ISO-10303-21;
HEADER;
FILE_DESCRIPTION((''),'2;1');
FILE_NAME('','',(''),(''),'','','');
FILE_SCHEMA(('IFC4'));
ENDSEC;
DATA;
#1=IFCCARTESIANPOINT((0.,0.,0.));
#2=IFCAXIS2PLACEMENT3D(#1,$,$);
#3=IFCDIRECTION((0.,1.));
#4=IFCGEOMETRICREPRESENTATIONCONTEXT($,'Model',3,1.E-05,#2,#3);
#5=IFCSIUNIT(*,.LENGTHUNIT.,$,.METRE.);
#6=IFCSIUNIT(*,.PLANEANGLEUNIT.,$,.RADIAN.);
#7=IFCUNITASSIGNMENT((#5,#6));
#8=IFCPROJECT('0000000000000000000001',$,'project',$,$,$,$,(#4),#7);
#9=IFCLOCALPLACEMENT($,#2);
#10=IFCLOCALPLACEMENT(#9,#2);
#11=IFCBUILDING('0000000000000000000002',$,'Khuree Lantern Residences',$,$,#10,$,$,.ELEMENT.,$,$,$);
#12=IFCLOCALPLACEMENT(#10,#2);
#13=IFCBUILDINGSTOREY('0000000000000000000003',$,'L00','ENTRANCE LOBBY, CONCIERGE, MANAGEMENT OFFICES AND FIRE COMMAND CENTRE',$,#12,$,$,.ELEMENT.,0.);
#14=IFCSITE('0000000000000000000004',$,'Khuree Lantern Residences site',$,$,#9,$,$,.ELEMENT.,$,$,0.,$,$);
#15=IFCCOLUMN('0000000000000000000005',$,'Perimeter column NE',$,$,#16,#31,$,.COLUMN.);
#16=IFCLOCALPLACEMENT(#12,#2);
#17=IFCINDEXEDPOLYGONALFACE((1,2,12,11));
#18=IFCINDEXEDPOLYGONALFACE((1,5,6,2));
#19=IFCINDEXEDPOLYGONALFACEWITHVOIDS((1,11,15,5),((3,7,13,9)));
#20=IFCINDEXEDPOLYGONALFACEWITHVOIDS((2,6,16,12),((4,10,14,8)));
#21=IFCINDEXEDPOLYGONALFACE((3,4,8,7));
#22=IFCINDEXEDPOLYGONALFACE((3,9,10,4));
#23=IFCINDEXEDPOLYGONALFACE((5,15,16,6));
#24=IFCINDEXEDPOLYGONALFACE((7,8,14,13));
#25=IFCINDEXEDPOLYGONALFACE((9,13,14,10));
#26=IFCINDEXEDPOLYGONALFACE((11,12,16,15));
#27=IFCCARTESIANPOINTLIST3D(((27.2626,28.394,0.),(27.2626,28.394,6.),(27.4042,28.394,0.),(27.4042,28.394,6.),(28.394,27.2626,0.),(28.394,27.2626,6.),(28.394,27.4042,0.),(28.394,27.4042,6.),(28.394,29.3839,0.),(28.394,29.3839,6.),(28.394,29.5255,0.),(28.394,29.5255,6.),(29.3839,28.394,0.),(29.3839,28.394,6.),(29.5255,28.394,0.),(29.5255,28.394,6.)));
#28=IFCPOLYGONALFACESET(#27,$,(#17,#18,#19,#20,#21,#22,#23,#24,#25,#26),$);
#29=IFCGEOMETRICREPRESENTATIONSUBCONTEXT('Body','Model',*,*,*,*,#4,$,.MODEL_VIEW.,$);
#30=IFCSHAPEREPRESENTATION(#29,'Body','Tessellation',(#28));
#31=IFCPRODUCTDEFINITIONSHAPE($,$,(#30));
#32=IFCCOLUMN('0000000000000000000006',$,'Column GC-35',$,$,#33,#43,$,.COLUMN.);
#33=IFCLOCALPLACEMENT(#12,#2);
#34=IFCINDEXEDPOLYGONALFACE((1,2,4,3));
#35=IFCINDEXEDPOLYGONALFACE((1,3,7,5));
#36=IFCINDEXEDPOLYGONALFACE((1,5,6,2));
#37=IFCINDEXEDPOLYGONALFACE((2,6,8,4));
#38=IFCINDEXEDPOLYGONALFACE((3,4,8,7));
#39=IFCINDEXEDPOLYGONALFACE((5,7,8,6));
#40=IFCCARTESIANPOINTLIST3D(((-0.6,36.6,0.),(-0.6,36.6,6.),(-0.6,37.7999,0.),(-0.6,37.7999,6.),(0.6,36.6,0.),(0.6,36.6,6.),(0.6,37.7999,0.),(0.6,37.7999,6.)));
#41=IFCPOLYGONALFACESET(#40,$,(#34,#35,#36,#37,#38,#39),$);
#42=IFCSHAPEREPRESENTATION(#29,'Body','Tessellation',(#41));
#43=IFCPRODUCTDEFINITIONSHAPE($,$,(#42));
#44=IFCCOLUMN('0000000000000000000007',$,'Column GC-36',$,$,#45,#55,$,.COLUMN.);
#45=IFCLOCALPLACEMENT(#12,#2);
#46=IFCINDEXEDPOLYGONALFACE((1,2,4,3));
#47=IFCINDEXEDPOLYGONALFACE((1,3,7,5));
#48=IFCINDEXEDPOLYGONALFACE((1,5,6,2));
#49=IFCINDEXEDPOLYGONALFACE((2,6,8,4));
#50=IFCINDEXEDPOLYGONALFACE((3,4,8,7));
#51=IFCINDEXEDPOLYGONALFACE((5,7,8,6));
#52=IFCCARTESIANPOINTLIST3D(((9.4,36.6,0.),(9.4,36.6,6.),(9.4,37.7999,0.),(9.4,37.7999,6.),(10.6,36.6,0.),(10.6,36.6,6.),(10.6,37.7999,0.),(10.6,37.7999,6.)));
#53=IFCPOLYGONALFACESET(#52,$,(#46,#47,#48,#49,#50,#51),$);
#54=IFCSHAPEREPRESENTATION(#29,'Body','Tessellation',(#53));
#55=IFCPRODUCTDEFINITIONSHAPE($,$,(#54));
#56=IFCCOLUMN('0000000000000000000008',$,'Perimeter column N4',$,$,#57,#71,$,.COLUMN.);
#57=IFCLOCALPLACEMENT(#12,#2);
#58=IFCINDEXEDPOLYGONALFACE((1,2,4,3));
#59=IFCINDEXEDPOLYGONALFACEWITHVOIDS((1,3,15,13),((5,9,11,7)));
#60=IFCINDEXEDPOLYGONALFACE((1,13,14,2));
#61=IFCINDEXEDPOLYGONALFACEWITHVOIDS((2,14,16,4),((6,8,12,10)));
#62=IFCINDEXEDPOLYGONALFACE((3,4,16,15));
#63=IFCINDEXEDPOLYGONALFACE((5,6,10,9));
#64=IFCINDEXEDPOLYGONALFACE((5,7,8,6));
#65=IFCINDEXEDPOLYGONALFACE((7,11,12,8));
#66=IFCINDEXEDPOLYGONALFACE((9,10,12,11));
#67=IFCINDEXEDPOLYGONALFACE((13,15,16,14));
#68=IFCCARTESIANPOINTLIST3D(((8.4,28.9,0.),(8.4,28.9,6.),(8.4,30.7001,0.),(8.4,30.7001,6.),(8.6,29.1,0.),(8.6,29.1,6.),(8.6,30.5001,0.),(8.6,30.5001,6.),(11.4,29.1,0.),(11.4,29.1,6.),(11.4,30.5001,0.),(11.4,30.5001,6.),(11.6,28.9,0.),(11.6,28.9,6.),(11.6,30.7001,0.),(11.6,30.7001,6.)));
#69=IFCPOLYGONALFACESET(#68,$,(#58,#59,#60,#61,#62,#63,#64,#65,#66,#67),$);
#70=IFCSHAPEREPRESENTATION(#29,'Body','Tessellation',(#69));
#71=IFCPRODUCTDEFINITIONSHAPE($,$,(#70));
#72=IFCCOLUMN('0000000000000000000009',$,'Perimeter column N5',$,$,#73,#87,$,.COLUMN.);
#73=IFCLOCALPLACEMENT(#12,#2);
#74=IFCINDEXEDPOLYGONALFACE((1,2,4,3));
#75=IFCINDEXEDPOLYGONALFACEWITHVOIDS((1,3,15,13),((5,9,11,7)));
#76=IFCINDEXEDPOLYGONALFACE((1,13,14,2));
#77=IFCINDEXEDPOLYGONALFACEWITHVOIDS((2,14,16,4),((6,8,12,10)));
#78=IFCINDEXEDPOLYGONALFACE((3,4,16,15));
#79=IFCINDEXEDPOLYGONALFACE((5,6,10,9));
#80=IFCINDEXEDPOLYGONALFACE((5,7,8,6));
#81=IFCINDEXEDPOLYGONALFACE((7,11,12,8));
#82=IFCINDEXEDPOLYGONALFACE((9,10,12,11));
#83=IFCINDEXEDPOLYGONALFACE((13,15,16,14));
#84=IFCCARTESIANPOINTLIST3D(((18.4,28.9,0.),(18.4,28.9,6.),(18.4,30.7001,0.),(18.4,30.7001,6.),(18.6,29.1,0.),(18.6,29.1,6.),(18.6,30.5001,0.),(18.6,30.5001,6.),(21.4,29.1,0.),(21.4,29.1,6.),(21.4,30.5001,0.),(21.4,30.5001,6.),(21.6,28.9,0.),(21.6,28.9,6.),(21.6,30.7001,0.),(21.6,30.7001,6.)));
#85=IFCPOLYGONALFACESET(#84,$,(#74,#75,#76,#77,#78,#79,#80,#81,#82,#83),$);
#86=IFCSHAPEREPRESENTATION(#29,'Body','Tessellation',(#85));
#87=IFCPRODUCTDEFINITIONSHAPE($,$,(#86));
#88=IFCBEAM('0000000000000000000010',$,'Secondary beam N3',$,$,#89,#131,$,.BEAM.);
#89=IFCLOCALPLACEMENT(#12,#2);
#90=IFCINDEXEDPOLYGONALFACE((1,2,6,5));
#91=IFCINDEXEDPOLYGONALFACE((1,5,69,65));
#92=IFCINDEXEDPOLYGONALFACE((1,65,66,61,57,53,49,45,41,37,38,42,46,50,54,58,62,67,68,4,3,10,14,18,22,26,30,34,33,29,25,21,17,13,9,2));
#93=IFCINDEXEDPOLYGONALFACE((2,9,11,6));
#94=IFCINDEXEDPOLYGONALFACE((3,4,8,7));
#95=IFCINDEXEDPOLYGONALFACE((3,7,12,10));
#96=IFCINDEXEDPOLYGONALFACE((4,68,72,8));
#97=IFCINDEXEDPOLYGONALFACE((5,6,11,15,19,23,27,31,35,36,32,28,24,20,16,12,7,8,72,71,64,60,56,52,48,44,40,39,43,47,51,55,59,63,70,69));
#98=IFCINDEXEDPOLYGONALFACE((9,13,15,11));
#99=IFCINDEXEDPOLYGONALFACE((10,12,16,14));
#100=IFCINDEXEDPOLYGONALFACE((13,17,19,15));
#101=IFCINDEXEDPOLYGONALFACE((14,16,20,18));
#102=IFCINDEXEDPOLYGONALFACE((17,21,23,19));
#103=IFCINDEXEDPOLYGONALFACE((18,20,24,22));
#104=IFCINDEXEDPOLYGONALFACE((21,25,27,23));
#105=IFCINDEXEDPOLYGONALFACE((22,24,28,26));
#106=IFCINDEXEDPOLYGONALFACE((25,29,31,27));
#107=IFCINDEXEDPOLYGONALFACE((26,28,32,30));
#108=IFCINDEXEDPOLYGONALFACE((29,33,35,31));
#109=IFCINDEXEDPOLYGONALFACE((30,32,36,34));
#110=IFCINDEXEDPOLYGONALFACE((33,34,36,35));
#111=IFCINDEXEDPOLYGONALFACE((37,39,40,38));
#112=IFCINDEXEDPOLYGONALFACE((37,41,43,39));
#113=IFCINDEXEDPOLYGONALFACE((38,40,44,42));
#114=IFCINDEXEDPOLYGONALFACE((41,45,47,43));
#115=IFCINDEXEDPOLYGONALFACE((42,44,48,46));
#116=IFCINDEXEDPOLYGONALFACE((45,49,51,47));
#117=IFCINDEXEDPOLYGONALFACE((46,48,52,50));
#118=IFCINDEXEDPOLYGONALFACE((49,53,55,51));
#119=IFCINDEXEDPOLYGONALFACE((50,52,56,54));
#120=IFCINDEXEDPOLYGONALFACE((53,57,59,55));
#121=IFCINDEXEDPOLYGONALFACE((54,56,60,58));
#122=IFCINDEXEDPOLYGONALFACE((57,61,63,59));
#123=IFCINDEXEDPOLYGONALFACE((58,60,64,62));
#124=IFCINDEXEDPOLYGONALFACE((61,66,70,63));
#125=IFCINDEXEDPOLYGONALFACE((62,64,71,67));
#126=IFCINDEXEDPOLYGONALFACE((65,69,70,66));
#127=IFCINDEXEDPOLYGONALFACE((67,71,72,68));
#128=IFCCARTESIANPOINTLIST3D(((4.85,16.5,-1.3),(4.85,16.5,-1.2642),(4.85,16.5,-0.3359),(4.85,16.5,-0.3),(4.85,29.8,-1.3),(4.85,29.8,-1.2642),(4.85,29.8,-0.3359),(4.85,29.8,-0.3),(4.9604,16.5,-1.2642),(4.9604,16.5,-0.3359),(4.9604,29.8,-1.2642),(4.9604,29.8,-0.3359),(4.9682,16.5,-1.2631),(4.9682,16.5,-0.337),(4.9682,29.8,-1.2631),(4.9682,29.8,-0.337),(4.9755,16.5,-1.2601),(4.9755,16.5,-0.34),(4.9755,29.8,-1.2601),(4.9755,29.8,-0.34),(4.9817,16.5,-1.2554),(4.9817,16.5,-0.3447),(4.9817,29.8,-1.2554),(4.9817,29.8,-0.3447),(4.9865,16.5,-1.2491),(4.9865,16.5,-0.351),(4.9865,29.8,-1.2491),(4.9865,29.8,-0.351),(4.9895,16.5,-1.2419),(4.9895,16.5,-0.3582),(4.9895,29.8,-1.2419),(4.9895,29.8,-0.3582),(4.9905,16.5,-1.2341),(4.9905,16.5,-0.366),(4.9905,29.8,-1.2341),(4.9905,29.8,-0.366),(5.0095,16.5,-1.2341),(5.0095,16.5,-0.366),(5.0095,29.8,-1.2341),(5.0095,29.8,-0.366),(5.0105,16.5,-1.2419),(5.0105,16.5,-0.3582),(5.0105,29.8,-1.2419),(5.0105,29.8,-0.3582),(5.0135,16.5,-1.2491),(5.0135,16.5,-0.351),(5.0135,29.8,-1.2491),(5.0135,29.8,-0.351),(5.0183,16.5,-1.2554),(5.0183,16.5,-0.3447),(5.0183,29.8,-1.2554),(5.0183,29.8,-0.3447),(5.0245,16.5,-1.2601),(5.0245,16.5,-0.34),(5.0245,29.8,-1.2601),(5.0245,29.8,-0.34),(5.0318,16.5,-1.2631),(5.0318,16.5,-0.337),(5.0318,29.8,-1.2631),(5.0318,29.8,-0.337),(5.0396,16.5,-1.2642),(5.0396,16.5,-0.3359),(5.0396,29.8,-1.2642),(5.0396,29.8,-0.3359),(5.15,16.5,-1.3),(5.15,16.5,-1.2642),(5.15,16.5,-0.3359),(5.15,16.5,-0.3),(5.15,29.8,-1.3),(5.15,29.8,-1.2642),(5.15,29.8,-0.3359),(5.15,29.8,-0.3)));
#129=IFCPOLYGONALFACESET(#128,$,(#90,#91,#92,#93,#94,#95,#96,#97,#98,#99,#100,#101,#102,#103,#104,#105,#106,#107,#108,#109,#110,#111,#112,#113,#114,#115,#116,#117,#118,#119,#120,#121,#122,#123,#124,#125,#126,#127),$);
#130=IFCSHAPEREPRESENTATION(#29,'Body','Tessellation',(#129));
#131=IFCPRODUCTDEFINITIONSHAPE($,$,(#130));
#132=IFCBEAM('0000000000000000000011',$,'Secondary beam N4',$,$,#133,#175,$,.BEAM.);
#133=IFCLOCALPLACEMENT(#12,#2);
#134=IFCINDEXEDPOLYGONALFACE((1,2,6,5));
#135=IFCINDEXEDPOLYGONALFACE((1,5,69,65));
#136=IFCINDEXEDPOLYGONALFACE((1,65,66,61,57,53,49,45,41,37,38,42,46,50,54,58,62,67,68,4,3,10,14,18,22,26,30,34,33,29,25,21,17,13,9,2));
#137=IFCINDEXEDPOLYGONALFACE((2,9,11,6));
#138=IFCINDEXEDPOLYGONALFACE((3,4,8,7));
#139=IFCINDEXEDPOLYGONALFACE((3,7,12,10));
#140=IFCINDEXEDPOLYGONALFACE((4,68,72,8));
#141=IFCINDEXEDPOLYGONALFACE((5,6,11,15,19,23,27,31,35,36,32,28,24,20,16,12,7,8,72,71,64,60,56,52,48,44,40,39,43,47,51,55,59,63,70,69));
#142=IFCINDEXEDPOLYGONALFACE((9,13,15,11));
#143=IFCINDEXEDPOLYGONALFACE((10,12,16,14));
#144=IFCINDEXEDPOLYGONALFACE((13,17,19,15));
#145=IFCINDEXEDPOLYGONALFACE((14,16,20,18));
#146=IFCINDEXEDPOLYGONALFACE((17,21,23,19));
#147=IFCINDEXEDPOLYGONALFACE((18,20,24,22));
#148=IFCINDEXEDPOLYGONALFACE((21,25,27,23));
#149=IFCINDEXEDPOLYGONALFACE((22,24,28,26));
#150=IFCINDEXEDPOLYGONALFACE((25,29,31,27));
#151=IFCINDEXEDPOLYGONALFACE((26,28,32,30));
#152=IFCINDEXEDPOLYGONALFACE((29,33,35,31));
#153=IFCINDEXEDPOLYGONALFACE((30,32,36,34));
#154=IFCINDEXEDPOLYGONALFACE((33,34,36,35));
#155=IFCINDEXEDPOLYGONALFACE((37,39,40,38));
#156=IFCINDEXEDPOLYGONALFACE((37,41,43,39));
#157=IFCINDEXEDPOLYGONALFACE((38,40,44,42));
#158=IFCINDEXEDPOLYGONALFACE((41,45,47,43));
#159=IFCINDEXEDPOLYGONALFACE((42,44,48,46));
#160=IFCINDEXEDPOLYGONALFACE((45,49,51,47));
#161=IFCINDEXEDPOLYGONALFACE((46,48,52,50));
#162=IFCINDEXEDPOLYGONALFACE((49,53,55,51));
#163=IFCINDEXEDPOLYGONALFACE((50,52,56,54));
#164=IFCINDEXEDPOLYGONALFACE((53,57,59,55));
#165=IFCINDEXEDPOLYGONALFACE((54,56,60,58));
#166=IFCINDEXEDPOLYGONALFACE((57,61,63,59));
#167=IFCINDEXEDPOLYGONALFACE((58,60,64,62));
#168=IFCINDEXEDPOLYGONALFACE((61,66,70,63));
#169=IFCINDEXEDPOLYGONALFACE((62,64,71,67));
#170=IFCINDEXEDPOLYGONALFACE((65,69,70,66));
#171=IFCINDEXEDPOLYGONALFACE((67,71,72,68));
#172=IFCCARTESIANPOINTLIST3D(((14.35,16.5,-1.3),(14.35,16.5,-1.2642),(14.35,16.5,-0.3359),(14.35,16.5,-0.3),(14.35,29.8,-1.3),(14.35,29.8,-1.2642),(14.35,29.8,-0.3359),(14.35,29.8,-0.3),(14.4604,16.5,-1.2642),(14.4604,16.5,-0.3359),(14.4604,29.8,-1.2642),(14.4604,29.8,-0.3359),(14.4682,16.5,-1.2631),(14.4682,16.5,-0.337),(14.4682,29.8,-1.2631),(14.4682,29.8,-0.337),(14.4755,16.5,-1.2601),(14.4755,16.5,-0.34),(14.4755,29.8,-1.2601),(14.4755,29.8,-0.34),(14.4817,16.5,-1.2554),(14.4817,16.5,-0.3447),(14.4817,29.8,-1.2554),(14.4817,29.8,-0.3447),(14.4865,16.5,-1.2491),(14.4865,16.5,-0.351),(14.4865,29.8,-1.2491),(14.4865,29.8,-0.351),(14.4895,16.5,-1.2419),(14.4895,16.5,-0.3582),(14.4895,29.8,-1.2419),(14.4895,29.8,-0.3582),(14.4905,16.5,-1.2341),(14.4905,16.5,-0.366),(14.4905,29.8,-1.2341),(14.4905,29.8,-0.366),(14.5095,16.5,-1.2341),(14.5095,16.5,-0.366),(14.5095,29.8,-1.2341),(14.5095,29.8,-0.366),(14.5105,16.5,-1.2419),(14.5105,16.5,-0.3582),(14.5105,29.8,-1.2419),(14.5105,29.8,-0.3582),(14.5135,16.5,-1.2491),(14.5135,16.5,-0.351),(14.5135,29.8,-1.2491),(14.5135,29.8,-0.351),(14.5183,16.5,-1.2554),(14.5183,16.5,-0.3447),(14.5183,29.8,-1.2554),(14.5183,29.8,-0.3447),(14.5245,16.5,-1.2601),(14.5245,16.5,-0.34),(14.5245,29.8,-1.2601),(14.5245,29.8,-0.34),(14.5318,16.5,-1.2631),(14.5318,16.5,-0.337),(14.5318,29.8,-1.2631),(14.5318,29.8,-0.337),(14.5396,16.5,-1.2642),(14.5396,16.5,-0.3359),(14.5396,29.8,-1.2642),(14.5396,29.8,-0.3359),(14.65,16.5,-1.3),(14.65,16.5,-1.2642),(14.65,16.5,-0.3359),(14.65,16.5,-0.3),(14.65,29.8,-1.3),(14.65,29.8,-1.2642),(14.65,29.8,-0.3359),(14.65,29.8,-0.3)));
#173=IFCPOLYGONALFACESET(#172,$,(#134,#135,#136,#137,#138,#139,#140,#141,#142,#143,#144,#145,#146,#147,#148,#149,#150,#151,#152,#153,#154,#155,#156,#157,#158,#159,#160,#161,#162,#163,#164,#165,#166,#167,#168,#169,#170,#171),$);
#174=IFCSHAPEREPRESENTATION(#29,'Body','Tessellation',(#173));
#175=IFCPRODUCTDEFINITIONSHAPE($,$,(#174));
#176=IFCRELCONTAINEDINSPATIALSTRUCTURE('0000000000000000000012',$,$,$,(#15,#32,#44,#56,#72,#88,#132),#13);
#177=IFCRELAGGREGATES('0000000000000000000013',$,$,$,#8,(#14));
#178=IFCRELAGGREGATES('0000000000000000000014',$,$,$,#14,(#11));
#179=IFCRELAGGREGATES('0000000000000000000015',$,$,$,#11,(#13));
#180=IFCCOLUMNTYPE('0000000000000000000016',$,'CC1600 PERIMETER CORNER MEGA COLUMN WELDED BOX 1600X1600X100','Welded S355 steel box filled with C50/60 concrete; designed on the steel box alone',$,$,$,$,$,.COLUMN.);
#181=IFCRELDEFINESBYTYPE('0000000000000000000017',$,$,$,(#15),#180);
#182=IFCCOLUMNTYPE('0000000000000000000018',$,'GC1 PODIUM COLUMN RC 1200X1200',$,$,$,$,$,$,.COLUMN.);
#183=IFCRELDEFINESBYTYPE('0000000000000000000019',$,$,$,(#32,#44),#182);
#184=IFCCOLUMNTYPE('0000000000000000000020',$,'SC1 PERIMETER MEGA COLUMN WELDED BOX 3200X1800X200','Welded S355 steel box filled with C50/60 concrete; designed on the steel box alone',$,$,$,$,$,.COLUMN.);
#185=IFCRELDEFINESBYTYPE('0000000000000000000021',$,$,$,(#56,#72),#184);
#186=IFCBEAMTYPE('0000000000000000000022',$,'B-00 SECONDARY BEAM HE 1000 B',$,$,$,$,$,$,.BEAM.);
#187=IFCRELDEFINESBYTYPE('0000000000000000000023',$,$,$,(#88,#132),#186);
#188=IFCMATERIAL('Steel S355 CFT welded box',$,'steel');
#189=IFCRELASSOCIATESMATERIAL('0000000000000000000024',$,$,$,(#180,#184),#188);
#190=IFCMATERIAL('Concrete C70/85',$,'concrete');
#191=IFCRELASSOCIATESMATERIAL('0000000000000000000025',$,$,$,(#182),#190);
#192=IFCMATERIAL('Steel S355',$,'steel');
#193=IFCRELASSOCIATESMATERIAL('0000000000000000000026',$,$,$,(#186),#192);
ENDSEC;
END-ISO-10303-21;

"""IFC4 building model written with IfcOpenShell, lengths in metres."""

from ifc_helpers import new_model, si_unit, direction, frame, origin, origin_2d, place, context, subcontext, project, spatial, rectangle, hollow_rectangle, i_section, extrude, material, material_profile, profile_set, type_object, element, save


model = new_model("IFC4")

# Units and contexts
model_context = context("Model", 3, precision=1e-05, world=origin(), true_north=direction((0.0, 1.0)))
body_context = subcontext(model_context, "Body", "Model", "MODEL_VIEW")
ifc_project = project(units=[si_unit("LENGTHUNIT", "METRE"), si_unit("PLANEANGLEUNIT", "RADIAN")], contexts=[model_context])

# Site, building, storey
site_placement = place(None, origin())
site = spatial("IfcSite", under=ifc_project, at=site_placement, Name="Khuree Lantern Residences site", CompositionType="ELEMENT", RefElevation=0.0)
building_placement = place(site_placement, origin())
building = spatial("IfcBuilding", under=site, at=building_placement, Name="Khuree Lantern Residences", CompositionType="ELEMENT")
storey_placement = place(building_placement, origin())
storey = spatial("IfcBuildingStorey", under=building, at=storey_placement, Name="L00", Description="ENTRANCE LOBBY, CONCIERGE, MANAGEMENT OFFICES AND FIRE COMMAND CENTRE", CompositionType="ELEMENT", Elevation=0.0)

# Columns
ifc_material_1 = material(Name="Steel S355 CFT welded box", Category="steel")
ifc_material_profile_1 = material_profile(ifc_material_1, hollow_rectangle(XDim=1.6001, YDim=1.6001, WallThickness=0.1001, at=origin_2d()), Name="WELDED BOX 1600X1600X100")
ifc_profile_set_1 = profile_set([ifc_material_profile_1], Name="Steel S355 CFT welded box")
column_type_1 = type_object("IfcColumnType", Name="CC1600 PERIMETER CORNER MEGA COLUMN WELDED BOX 1600X1600X100", Description="Welded S355 steel box filled with C50/60 concrete; designed on the steel box alone", PredefinedType="COLUMN", material=ifc_profile_set_1)
column_placement = place(storey_placement, frame((28.394, 28.394, 0.0), z_axis=(0.0, 0.0, 1.0), x_axis=(0.707107, -0.707107, 0.0)))
element("IfcColumn", 1, at=column_placement, inside=storey, type_object=column_type_1, Name="Perimeter column NE", PredefinedType="COLUMN", context=body_context, shape_type="SweptSolid", body=[
    extrude(hollow_rectangle(XDim=1.6001, YDim=1.6001, WallThickness=0.1001, at=origin_2d()), origin(), (0.0, 0.0, 1.0), 6.0),
])
ifc_material_2 = material(Name="Concrete C70/85", Category="concrete")
ifc_material_profile_2 = material_profile(ifc_material_2, rectangle(XDim=1.2, YDim=1.2, at=origin_2d()), Name="RC 1200X1200")
ifc_profile_set_2 = profile_set([ifc_material_profile_2], Name="Concrete C70/85")
column_type_2 = type_object("IfcColumnType", Name="GC1 PODIUM COLUMN RC 1200X1200", PredefinedType="COLUMN", material=ifc_profile_set_2)
for number, where, z_axis, x_axis, name in (
    (2, (0.0, 37.2, 0.0), (0.0, 0.0, 1.0), (1.0, 0.0, 0.0), "Column GC-35"),
    (3, (10.0, 37.2, 0.0), (0.0, 0.0, 1.0), (1.0, 0.0, 0.0), "Column GC-36"),
):
    element("IfcColumn", number, at=place(storey_placement, frame(where, z_axis=z_axis, x_axis=x_axis)), inside=storey, type_object=column_type_2, Name=name, PredefinedType="COLUMN", context=body_context, shape_type="SweptSolid", body=[
        extrude(rectangle(XDim=1.2, YDim=1.2, at=origin_2d()), origin(), (0.0, 0.0, 1.0), 6.0),
    ])
ifc_material_profile_3 = material_profile(ifc_material_1, hollow_rectangle(XDim=3.2, YDim=1.8, WallThickness=0.2, at=origin_2d()), Name="WELDED BOX 3200X1800X200")
ifc_profile_set_3 = profile_set([ifc_material_profile_3], Name="Steel S355 CFT welded box")
column_type_3 = type_object("IfcColumnType", Name="SC1 PERIMETER MEGA COLUMN WELDED BOX 3200X1800X200", Description="Welded S355 steel box filled with C50/60 concrete; designed on the steel box alone", PredefinedType="COLUMN", material=ifc_profile_set_3)
for number, where, z_axis, x_axis, name in (
    (4, (10.0, 29.8, 0.0), (0.0, 0.0, 1.0), (1.0, 0.0, 0.0), "Perimeter column N4"),
    (5, (20.0, 29.8, 0.0), (0.0, 0.0, 1.0), (1.0, 0.0, 0.0), "Perimeter column N5"),
):
    element("IfcColumn", number, at=place(storey_placement, frame(where, z_axis=z_axis, x_axis=x_axis)), inside=storey, type_object=column_type_3, Name=name, PredefinedType="COLUMN", context=body_context, shape_type="SweptSolid", body=[
        extrude(hollow_rectangle(XDim=3.2, YDim=1.8, WallThickness=0.2, at=origin_2d()), origin(), (0.0, 0.0, 1.0), 6.0),
    ])

# Beams
ifc_material_3 = material(Name="Steel S355", Category="steel")
ifc_material_profile_4 = material_profile(ifc_material_3, i_section(OverallWidth=0.3, OverallDepth=1.0, WebThickness=0.019, FlangeThickness=0.0359, FilletRadius=0.03, at=origin_2d()), Name="HE 1000 B")
ifc_profile_set_4 = profile_set([ifc_material_profile_4], Name="Steel S355")
beam_type_1 = type_object("IfcBeamType", Name="B-00 SECONDARY BEAM HE 1000 B", PredefinedType="BEAM", material=ifc_profile_set_4)
for number, where, z_axis, x_axis, name in (
    (6, (5.0, 29.8, -0.8), (0.0, -1.0, 0.0), (1.0, 0.0, 0.0), "Secondary beam N3"),
    (7, (14.5, 29.8, -0.8), (0.0, -1.0, 0.0), (1.0, 0.0, 0.0), "Secondary beam N4"),
):
    element("IfcBeam", number, at=place(storey_placement, frame(where, z_axis=z_axis, x_axis=x_axis)), inside=storey, type_object=beam_type_1, Name=name, PredefinedType="BEAM", context=body_context, shape_type="SweptSolid", body=[
        extrude(i_section(OverallWidth=0.3, OverallDepth=1.0, WebThickness=0.019, FlangeThickness=0.0359, FilletRadius=0.03, at=origin_2d()), origin(), (0.0, 0.0, 1.0), 13.3),
    ])

save(model, "model.ifc")
